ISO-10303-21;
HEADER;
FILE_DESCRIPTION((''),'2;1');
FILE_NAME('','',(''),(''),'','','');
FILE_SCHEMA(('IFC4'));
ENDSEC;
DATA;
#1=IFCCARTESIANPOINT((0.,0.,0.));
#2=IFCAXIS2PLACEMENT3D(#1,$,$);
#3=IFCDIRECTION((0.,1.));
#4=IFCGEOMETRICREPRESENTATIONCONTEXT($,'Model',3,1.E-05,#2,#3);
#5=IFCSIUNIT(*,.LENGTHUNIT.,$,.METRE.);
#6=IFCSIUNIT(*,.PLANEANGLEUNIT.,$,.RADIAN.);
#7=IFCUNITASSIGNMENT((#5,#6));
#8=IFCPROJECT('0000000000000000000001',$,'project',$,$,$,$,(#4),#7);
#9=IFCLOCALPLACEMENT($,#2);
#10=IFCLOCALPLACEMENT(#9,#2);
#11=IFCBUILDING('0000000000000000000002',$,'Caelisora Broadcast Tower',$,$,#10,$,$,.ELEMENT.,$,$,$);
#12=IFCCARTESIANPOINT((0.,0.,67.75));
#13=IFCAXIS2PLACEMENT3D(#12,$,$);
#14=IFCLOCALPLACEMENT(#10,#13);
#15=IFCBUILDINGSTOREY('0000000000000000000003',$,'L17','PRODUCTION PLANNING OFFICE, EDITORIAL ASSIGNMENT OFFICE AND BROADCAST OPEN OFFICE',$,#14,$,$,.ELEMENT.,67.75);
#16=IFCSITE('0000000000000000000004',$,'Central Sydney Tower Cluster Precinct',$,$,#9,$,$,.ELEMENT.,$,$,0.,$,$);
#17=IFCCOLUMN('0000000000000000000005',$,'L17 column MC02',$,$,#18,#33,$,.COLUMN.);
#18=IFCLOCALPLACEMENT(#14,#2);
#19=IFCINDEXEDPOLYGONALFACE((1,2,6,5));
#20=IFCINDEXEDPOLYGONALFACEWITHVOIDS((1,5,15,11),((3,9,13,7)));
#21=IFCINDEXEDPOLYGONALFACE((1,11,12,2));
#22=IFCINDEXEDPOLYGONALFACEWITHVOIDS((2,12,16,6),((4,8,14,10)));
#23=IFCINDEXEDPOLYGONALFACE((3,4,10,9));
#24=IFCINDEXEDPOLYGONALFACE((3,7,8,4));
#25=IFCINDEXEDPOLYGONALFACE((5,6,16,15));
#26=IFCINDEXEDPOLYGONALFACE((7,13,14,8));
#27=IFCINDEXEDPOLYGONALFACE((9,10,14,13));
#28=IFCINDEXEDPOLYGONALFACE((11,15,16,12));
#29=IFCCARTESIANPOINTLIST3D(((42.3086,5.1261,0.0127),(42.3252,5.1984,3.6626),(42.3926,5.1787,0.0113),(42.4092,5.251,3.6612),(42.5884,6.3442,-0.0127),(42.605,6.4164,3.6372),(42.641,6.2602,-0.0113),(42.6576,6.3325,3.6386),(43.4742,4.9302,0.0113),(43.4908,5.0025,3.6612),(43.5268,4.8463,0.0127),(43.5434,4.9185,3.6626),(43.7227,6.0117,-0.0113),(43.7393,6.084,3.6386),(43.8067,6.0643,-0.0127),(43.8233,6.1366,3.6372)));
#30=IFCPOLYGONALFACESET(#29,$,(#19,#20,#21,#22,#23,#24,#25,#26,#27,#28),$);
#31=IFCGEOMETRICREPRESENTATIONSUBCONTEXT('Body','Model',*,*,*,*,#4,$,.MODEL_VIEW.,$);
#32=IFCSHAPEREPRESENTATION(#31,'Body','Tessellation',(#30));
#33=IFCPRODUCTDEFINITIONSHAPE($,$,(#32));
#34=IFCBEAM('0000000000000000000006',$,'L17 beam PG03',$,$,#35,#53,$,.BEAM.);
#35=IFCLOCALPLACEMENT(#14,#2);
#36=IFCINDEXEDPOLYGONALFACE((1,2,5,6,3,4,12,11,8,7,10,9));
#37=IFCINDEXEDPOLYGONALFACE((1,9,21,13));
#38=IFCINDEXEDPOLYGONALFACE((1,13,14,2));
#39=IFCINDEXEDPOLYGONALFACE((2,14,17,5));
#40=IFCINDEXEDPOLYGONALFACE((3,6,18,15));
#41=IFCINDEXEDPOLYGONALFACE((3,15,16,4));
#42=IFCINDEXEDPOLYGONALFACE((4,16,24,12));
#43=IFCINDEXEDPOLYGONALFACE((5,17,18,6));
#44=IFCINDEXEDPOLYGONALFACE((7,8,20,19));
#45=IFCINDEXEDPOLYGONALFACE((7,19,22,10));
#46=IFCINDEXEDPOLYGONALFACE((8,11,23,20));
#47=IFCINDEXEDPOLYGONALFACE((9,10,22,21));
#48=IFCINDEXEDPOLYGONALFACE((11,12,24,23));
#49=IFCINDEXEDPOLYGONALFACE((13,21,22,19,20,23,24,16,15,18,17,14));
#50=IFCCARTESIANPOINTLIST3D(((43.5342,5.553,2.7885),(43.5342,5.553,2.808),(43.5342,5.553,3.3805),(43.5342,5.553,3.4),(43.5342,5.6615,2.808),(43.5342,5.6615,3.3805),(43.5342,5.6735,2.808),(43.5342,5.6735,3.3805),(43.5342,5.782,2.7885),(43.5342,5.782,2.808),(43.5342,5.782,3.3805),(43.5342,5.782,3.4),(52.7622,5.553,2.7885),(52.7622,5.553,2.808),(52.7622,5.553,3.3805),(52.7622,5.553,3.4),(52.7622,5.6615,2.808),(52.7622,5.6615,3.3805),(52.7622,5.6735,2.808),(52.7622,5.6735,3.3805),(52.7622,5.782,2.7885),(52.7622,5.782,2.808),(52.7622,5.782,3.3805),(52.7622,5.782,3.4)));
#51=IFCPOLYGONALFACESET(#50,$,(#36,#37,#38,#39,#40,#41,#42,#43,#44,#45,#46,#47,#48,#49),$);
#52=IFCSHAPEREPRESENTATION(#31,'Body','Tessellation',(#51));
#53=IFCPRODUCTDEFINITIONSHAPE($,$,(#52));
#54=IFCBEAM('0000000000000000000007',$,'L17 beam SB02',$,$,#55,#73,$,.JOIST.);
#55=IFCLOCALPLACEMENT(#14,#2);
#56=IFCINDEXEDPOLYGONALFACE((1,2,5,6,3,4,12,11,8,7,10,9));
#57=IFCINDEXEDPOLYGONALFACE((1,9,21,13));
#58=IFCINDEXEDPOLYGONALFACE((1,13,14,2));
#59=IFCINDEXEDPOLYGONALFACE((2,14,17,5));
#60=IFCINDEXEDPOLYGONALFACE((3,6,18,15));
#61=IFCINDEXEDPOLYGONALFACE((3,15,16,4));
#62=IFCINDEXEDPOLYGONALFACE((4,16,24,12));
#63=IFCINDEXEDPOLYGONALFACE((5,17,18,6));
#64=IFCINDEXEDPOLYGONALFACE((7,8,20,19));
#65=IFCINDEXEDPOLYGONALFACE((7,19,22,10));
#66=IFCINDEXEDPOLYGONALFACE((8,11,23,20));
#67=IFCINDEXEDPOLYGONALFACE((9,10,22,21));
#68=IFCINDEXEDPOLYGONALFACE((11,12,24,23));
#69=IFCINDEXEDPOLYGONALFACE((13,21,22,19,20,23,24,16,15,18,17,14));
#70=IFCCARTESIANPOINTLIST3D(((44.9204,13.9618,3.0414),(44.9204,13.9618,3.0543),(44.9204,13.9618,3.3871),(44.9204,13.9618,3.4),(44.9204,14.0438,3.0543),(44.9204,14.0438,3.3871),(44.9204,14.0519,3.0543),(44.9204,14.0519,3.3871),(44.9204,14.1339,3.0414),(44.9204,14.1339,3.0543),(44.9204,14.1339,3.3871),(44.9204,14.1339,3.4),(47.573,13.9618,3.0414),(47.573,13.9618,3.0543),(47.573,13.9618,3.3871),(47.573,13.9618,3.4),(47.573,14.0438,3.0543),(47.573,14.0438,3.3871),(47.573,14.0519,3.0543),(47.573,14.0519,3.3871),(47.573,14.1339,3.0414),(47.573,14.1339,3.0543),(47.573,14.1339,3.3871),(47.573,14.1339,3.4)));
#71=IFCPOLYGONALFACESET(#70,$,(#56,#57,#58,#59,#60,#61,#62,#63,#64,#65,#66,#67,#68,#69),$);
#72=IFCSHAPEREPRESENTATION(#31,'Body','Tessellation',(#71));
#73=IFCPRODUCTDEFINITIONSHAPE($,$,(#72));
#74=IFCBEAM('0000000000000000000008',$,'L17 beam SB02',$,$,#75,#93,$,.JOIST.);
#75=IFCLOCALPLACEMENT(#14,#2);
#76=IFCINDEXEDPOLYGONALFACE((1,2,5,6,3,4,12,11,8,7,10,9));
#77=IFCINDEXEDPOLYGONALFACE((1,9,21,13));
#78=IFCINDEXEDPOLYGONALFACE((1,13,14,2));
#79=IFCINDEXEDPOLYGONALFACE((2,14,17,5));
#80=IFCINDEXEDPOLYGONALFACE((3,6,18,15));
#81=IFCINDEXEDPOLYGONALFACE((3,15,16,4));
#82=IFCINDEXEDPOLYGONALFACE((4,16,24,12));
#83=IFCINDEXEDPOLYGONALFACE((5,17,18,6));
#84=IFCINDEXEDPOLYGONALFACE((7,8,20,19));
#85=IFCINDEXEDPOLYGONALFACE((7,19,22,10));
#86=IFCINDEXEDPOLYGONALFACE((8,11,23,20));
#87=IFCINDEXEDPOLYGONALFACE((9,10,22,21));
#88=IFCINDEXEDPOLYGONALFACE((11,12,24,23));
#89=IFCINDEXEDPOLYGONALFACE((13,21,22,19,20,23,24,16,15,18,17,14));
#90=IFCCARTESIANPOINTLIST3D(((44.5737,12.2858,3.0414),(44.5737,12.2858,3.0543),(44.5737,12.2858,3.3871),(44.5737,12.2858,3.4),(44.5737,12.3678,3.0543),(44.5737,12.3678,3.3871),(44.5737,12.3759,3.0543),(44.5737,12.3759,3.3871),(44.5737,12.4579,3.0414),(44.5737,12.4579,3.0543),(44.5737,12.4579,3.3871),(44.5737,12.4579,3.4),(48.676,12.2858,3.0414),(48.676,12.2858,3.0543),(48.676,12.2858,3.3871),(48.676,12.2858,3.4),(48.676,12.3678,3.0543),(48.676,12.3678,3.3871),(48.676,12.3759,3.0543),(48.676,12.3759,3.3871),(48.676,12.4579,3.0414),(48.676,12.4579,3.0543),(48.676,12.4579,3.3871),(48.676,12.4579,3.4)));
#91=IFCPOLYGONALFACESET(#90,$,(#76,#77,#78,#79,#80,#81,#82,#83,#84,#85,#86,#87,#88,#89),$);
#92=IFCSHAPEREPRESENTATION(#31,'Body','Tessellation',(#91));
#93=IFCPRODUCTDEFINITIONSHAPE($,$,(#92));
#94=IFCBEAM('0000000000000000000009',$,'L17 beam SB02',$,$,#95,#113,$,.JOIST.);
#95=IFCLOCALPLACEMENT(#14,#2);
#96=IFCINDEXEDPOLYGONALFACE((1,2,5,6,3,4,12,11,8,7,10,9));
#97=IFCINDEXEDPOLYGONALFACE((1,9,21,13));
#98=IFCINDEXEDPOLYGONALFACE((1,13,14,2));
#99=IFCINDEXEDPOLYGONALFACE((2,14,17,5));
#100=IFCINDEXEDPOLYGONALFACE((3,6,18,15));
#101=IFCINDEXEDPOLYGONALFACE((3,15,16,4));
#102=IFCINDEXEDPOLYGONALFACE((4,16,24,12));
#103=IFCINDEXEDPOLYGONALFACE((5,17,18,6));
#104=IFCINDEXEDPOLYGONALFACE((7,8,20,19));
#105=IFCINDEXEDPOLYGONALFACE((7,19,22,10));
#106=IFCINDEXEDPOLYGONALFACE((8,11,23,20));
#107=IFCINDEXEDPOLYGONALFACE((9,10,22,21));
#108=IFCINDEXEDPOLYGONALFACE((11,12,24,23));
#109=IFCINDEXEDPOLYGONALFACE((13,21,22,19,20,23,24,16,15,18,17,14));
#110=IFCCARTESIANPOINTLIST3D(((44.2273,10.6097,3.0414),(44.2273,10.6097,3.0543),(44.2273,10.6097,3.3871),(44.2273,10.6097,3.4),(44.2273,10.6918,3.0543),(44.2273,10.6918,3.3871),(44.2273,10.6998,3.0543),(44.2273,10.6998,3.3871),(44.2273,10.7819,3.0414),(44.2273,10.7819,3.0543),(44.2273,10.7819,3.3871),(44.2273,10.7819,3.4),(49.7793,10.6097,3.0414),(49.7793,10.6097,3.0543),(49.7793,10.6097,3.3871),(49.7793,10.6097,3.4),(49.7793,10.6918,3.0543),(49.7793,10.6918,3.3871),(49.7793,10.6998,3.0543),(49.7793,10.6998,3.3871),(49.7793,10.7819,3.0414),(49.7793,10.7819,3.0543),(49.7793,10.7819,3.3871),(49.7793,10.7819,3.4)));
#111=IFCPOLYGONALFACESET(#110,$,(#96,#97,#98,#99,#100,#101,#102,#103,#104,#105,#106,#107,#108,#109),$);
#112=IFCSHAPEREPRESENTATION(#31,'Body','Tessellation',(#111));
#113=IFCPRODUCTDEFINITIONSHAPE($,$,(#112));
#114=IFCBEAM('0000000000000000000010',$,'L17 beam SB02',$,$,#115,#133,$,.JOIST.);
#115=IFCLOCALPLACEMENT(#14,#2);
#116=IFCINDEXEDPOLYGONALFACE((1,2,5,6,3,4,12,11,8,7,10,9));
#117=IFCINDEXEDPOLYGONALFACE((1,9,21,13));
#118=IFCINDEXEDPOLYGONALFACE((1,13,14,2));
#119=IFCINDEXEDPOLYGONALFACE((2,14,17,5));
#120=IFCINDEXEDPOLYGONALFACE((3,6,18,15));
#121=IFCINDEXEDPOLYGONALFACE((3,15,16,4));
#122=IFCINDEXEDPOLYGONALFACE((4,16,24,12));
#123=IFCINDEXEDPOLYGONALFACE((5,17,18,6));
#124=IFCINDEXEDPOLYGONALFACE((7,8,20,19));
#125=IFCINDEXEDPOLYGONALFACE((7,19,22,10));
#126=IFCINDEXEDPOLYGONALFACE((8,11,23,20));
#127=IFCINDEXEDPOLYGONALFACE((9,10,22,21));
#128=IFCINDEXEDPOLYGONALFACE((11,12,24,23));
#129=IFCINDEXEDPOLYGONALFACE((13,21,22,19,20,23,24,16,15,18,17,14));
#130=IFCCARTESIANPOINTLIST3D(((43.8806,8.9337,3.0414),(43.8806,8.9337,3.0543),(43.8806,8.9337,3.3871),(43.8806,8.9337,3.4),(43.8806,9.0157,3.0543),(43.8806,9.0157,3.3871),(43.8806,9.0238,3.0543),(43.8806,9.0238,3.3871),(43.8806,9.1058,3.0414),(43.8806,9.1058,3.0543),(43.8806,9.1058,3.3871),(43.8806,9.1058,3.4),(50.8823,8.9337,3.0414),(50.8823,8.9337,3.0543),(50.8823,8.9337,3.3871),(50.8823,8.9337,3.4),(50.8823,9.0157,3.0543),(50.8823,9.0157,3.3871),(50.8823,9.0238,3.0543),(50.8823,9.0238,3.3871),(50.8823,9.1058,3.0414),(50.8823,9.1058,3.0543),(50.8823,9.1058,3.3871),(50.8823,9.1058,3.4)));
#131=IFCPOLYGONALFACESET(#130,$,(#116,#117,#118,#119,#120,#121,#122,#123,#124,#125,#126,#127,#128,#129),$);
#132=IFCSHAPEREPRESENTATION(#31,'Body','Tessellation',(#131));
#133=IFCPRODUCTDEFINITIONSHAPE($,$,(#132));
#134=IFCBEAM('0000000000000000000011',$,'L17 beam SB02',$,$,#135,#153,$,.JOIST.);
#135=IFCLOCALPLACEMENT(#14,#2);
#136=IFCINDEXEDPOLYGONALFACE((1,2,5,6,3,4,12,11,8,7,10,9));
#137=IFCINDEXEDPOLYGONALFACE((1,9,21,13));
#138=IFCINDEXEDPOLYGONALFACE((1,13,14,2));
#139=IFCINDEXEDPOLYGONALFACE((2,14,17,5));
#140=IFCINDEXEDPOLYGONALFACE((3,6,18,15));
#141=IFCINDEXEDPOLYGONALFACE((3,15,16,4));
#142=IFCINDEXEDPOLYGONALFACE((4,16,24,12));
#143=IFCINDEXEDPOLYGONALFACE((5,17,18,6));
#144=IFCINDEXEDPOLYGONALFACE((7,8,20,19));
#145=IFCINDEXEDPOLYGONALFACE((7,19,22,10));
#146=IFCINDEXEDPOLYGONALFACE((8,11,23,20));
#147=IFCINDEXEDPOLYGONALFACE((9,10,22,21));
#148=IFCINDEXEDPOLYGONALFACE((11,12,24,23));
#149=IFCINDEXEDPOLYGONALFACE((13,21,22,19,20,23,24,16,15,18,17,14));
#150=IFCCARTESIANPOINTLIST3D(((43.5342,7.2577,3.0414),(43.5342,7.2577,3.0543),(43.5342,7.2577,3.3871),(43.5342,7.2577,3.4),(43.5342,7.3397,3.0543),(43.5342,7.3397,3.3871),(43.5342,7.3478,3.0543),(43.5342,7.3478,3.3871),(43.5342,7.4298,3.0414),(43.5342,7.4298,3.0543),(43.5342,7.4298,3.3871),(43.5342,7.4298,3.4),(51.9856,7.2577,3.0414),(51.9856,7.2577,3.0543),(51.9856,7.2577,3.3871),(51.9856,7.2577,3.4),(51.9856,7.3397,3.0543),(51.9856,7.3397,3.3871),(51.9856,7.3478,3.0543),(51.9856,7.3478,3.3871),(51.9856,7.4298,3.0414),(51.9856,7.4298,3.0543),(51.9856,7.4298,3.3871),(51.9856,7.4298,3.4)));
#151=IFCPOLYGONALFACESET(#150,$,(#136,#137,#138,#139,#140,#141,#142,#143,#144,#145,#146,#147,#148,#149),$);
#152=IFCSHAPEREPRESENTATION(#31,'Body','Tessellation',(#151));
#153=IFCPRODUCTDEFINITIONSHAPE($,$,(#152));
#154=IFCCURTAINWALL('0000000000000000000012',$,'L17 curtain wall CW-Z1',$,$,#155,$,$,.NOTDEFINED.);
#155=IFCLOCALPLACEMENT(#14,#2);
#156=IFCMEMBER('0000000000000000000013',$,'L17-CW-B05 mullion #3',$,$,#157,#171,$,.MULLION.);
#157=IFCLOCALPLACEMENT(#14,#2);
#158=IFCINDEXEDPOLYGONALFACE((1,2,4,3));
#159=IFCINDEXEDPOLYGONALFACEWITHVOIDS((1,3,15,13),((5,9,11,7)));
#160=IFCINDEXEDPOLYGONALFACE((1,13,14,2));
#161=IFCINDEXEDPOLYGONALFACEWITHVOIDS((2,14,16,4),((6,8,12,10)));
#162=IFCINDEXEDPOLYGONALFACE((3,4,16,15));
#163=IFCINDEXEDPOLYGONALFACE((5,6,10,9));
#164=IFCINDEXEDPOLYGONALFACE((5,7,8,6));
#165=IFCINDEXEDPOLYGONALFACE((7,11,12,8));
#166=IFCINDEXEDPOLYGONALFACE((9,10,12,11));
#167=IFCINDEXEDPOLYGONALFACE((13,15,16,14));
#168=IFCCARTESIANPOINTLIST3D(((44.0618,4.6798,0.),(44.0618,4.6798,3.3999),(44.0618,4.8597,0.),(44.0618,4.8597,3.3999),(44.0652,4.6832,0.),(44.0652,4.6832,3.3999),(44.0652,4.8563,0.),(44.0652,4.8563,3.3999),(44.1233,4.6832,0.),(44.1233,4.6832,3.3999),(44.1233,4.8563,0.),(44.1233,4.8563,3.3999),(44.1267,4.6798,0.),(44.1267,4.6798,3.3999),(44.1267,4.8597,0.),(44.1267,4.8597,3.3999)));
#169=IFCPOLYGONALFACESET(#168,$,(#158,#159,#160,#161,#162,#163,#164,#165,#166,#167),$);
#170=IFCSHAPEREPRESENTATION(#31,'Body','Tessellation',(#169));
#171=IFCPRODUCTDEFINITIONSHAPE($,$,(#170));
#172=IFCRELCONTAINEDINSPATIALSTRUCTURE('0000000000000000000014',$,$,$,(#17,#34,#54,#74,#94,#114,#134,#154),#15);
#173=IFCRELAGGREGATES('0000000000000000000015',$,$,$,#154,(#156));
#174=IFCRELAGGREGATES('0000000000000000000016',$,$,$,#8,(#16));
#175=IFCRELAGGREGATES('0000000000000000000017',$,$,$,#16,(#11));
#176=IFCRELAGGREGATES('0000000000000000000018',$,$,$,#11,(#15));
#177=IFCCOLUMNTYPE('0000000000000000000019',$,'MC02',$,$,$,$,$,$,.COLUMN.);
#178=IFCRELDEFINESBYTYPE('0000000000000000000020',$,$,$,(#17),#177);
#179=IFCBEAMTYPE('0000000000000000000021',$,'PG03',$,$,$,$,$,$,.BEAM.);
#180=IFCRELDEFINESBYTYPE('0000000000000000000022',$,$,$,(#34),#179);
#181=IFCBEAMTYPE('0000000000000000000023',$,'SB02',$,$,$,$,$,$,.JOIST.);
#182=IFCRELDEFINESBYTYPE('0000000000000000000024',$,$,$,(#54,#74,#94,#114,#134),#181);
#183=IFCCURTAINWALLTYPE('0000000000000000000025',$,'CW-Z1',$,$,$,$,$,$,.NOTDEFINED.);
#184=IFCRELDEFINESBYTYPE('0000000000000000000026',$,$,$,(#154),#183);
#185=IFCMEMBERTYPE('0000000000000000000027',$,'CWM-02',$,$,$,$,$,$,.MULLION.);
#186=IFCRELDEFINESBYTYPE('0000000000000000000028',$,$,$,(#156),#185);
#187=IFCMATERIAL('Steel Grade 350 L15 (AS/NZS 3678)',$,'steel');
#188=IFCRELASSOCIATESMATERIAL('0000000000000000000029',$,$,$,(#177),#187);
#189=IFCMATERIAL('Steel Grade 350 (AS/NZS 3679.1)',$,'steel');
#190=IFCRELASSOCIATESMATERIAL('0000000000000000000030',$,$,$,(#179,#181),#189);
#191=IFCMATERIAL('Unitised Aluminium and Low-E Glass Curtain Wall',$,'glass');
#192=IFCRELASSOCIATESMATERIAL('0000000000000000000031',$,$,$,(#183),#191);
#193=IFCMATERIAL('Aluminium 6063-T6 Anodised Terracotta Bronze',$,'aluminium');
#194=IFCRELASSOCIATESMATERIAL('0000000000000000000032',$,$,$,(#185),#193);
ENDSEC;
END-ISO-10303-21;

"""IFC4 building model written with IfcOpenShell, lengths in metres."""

from ifc_helpers import new_model, si_unit, direction, frame, origin, origin_2d, place, context, subcontext, project, spatial, hollow_rectangle, i_section, extrude, source, transform, mapped, material, material_profile, profile_set, type_object, type_shapes, element, aggregate, save


model = new_model("IFC4")

# Units and contexts
model_context = context("Model", 3, precision=1e-05, world=origin(), true_north=direction((0.0, 1.0)))
body_context = subcontext(model_context, "Body", "Model", "MODEL_VIEW")
ifc_project = project(units=[si_unit("LENGTHUNIT", "METRE"), si_unit("PLANEANGLEUNIT", "RADIAN")], contexts=[model_context])

# Site, building, storey
site_placement = place(None, origin())
site = spatial("IfcSite", under=ifc_project, at=site_placement, Name="Central Sydney Tower Cluster Precinct", CompositionType="ELEMENT", RefElevation=0.0)
building_placement = place(site_placement, origin())
building = spatial("IfcBuilding", under=site, at=building_placement, Name="Caelisora Broadcast Tower", CompositionType="ELEMENT")
storey_placement = place(building_placement, frame((0.0, 0.0, 67.75)))
storey = spatial("IfcBuildingStorey", under=building, at=storey_placement, Name="L17", Description="PRODUCTION PLANNING OFFICE, EDITORIAL ASSIGNMENT OFFICE AND BROADCAST OPEN OFFICE", CompositionType="ELEMENT", Elevation=67.75)

# Column
ifc_material_1 = material(Name="Steel Grade 350 L15 (AS/NZS 3678)", Category="steel")
ifc_material_profile_1 = material_profile(ifc_material_1, hollow_rectangle(XDim=1.25, YDim=1.25, WallThickness=0.0701, at=origin_2d()), Name="Steel Grade 350 L15 (AS/NZS 3678)")
ifc_profile_set_1 = profile_set([ifc_material_profile_1], Name="Steel Grade 350 L15 (AS/NZS 3678)")
column_type = type_object("IfcColumnType", Name="MC02", PredefinedType="COLUMN", material=ifc_profile_set_1)
shared_shape_1 = source(origin(), body_context, "Body", "SweptSolid", [
    extrude(hollow_rectangle(XDim=1.25, YDim=1.25, WallThickness=0.0701, at=origin_2d()), origin(), (0.0, 0.0, 1.0), 3.6506),
])
type_shapes(column_type, [shared_shape_1])
column_placement = place(storey_placement, frame((43.0576, 5.5952, 0.0), z_axis=(0.004548, 0.019795, 0.999794), x_axis=(-0.974613, 0.223898, 0.0)))
element("IfcColumn", 1, at=column_placement, inside=storey, type_object=column_type, Name="L17 column MC02", PredefinedType="COLUMN", context=body_context, shape_type="MappedRepresentation", body=[
    mapped(shared_shape_1, transform((0.0, 0.0, 0.0), scale=1.0)),
])

# Beams
ifc_material_2 = material(Name="Steel Grade 350 (AS/NZS 3679.1)", Category="steel")
ifc_material_profile_2 = material_profile(ifc_material_2, i_section(OverallWidth=0.229, OverallDepth=0.6116, WebThickness=0.012, FlangeThickness=0.0195, at=origin_2d()), Name="Steel Grade 350 (AS/NZS 3679.1)")
ifc_profile_set_2 = profile_set([ifc_material_profile_2], Name="Steel Grade 350 (AS/NZS 3679.1)")
beam_type_1 = type_object("IfcBeamType", Name="PG03", PredefinedType="BEAM", material=ifc_profile_set_2)
shared_shape_2 = source(origin(), body_context, "Body", "SweptSolid", [
    extrude(i_section(OverallWidth=0.229, OverallDepth=0.6116, WebThickness=0.012, FlangeThickness=0.0195, at=origin_2d()), origin(), (0.0, 0.0, 1.0), 9.228),
])
type_shapes(beam_type_1, [shared_shape_2])
beam_1_placement = place(storey_placement, frame((43.5342, 5.6675, 3.0942), z_axis=(1.0, 0.0, 0.0), x_axis=(0.0, 1.0, 0.0)))
element("IfcBeam", 2, at=beam_1_placement, inside=storey, type_object=beam_type_1, Name="L17 beam PG03", PredefinedType="BEAM", context=body_context, shape_type="MappedRepresentation", body=[
    mapped(shared_shape_2, transform((0.0, 0.0, 0.0), scale=1.0)),
])
ifc_material_profile_3 = material_profile(ifc_material_2, i_section(OverallWidth=0.1721, OverallDepth=0.3586, WebThickness=0.0081, FlangeThickness=0.0129, at=origin_2d()), Name="Steel Grade 350 (AS/NZS 3679.1)")
ifc_profile_set_3 = profile_set([ifc_material_profile_3], Name="Steel Grade 350 (AS/NZS 3679.1)")
beam_type_2 = type_object("IfcBeamType", Name="SB02", PredefinedType="JOIST", material=ifc_profile_set_3)
shared_shape_3 = source(origin(), body_context, "Body", "SweptSolid", [
    extrude(i_section(OverallWidth=0.1721, OverallDepth=0.3586, WebThickness=0.0081, FlangeThickness=0.0129, at=origin_2d()), origin(), (0.0, 0.0, 1.0), 2.6526),
])
beam_2_placement = place(storey_placement, frame((44.9204, 14.0479, 3.2207), z_axis=(1.0, 0.0, 0.0), x_axis=(0.0, 1.0, 0.0)))
element("IfcBeam", 3, at=beam_2_placement, inside=storey, type_object=beam_type_2, Name="L17 beam SB02", PredefinedType="JOIST", context=body_context, shape_type="MappedRepresentation", body=[
    mapped(shared_shape_3, transform((0.0, 0.0, 0.0), scale=1.0)),
])
shared_shape_4 = source(origin(), body_context, "Body", "SweptSolid", [
    extrude(i_section(OverallWidth=0.1721, OverallDepth=0.3586, WebThickness=0.0081, FlangeThickness=0.0129, at=origin_2d()), origin(), (0.0, 0.0, 1.0), 4.1023),
])
beam_3_placement = place(storey_placement, frame((44.5737, 12.3718, 3.2207), z_axis=(1.0, 0.0, 0.0), x_axis=(0.0, 1.0, 0.0)))
element("IfcBeam", 4, at=beam_3_placement, inside=storey, type_object=beam_type_2, Name="L17 beam SB02", PredefinedType="JOIST", context=body_context, shape_type="MappedRepresentation", body=[
    mapped(shared_shape_4, transform((0.0, 0.0, 0.0), scale=1.0)),
])
shared_shape_5 = source(origin(), body_context, "Body", "SweptSolid", [
    extrude(i_section(OverallWidth=0.1721, OverallDepth=0.3586, WebThickness=0.0081, FlangeThickness=0.0129, at=origin_2d()), origin(), (0.0, 0.0, 1.0), 5.552),
])
beam_4_placement = place(storey_placement, frame((44.2273, 10.6958, 3.2207), z_axis=(1.0, 0.0, 0.0), x_axis=(0.0, 1.0, 0.0)))
element("IfcBeam", 5, at=beam_4_placement, inside=storey, type_object=beam_type_2, Name="L17 beam SB02", PredefinedType="JOIST", context=body_context, shape_type="MappedRepresentation", body=[
    mapped(shared_shape_5, transform((0.0, 0.0, 0.0), scale=1.0)),
])
shared_shape_6 = source(origin(), body_context, "Body", "SweptSolid", [
    extrude(i_section(OverallWidth=0.1721, OverallDepth=0.3586, WebThickness=0.0081, FlangeThickness=0.0129, at=origin_2d()), origin(), (0.0, 0.0, 1.0), 7.0017),
])
beam_5_placement = place(storey_placement, frame((43.8806, 9.0198, 3.2207), z_axis=(1.0, 0.0, 0.0), x_axis=(0.0, 1.0, 0.0)))
element("IfcBeam", 6, at=beam_5_placement, inside=storey, type_object=beam_type_2, Name="L17 beam SB02", PredefinedType="JOIST", context=body_context, shape_type="MappedRepresentation", body=[
    mapped(shared_shape_6, transform((0.0, 0.0, 0.0), scale=1.0)),
])
shared_shape_7 = source(origin(), body_context, "Body", "SweptSolid", [
    extrude(i_section(OverallWidth=0.1721, OverallDepth=0.3586, WebThickness=0.0081, FlangeThickness=0.0129, at=origin_2d()), origin(), (0.0, 0.0, 1.0), 8.4514),
])
type_shapes(beam_type_2, [shared_shape_3, shared_shape_4, shared_shape_5, shared_shape_6, shared_shape_7])
beam_6_placement = place(storey_placement, frame((43.5342, 7.3438, 3.2207), z_axis=(1.0, 0.0, 0.0), x_axis=(0.0, 1.0, 0.0)))
element("IfcBeam", 7, at=beam_6_placement, inside=storey, type_object=beam_type_2, Name="L17 beam SB02", PredefinedType="JOIST", context=body_context, shape_type="MappedRepresentation", body=[
    mapped(shared_shape_7, transform((0.0, 0.0, 0.0), scale=1.0)),
])

# Curtain wall, member
ifc_material_3 = material(Name="Unitised Aluminium and Low-E Glass Curtain Wall", Category="glass")
curtain_wall_type_1 = type_object("IfcCurtainWallType", Name="CW-Z1", PredefinedType="NOTDEFINED", material=ifc_material_3)
curtain_wall_1_placement = place(storey_placement, origin())
curtain_wall_1 = element("IfcCurtainWall", 8, at=curtain_wall_1_placement, inside=storey, type_object=curtain_wall_type_1, Name="L17 curtain wall CW-Z1", PredefinedType="NOTDEFINED")
ifc_material_4 = material(Name="Aluminium 6063-T6 Anodised Terracotta Bronze", Category="aluminium")
ifc_material_profile_4 = material_profile(ifc_material_4, hollow_rectangle(XDim=0.0649, YDim=0.1799, WallThickness=0.0034, at=origin_2d()), Name="Aluminium 6063-T6 Anodised Terracotta Bronze")
ifc_profile_set_4 = profile_set([ifc_material_profile_4], Name="Aluminium 6063-T6 Anodised Terracotta Bronze")
member_type_1 = type_object("IfcMemberType", Name="CWM-02", PredefinedType="MULLION", material=ifc_profile_set_4)
shared_shape_8 = source(origin(), body_context, "Body", "SweptSolid", [
    extrude(hollow_rectangle(XDim=0.0649, YDim=0.1799, WallThickness=0.0034, at=origin_2d()), origin(), (0.0, 0.0, 1.0), 3.3999),
])
type_shapes(member_type_1, [shared_shape_8])
member_1_placement = place(storey_placement, frame((44.0942, 4.7698, 0.0), z_axis=(0.0, 0.0, 1.0), x_axis=(1.0, 0.0, 0.0)))
member_1 = element("IfcMember", 9, at=member_1_placement, type_object=member_type_1, Name="L17-CW-B05 mullion #3", PredefinedType="MULLION", context=body_context, shape_type="MappedRepresentation", body=[
    mapped(shared_shape_8, transform((0.0, 0.0, 0.0), scale=1.0)),
])
aggregate(curtain_wall_1, [member_1])

save(model, "model.ifc")
